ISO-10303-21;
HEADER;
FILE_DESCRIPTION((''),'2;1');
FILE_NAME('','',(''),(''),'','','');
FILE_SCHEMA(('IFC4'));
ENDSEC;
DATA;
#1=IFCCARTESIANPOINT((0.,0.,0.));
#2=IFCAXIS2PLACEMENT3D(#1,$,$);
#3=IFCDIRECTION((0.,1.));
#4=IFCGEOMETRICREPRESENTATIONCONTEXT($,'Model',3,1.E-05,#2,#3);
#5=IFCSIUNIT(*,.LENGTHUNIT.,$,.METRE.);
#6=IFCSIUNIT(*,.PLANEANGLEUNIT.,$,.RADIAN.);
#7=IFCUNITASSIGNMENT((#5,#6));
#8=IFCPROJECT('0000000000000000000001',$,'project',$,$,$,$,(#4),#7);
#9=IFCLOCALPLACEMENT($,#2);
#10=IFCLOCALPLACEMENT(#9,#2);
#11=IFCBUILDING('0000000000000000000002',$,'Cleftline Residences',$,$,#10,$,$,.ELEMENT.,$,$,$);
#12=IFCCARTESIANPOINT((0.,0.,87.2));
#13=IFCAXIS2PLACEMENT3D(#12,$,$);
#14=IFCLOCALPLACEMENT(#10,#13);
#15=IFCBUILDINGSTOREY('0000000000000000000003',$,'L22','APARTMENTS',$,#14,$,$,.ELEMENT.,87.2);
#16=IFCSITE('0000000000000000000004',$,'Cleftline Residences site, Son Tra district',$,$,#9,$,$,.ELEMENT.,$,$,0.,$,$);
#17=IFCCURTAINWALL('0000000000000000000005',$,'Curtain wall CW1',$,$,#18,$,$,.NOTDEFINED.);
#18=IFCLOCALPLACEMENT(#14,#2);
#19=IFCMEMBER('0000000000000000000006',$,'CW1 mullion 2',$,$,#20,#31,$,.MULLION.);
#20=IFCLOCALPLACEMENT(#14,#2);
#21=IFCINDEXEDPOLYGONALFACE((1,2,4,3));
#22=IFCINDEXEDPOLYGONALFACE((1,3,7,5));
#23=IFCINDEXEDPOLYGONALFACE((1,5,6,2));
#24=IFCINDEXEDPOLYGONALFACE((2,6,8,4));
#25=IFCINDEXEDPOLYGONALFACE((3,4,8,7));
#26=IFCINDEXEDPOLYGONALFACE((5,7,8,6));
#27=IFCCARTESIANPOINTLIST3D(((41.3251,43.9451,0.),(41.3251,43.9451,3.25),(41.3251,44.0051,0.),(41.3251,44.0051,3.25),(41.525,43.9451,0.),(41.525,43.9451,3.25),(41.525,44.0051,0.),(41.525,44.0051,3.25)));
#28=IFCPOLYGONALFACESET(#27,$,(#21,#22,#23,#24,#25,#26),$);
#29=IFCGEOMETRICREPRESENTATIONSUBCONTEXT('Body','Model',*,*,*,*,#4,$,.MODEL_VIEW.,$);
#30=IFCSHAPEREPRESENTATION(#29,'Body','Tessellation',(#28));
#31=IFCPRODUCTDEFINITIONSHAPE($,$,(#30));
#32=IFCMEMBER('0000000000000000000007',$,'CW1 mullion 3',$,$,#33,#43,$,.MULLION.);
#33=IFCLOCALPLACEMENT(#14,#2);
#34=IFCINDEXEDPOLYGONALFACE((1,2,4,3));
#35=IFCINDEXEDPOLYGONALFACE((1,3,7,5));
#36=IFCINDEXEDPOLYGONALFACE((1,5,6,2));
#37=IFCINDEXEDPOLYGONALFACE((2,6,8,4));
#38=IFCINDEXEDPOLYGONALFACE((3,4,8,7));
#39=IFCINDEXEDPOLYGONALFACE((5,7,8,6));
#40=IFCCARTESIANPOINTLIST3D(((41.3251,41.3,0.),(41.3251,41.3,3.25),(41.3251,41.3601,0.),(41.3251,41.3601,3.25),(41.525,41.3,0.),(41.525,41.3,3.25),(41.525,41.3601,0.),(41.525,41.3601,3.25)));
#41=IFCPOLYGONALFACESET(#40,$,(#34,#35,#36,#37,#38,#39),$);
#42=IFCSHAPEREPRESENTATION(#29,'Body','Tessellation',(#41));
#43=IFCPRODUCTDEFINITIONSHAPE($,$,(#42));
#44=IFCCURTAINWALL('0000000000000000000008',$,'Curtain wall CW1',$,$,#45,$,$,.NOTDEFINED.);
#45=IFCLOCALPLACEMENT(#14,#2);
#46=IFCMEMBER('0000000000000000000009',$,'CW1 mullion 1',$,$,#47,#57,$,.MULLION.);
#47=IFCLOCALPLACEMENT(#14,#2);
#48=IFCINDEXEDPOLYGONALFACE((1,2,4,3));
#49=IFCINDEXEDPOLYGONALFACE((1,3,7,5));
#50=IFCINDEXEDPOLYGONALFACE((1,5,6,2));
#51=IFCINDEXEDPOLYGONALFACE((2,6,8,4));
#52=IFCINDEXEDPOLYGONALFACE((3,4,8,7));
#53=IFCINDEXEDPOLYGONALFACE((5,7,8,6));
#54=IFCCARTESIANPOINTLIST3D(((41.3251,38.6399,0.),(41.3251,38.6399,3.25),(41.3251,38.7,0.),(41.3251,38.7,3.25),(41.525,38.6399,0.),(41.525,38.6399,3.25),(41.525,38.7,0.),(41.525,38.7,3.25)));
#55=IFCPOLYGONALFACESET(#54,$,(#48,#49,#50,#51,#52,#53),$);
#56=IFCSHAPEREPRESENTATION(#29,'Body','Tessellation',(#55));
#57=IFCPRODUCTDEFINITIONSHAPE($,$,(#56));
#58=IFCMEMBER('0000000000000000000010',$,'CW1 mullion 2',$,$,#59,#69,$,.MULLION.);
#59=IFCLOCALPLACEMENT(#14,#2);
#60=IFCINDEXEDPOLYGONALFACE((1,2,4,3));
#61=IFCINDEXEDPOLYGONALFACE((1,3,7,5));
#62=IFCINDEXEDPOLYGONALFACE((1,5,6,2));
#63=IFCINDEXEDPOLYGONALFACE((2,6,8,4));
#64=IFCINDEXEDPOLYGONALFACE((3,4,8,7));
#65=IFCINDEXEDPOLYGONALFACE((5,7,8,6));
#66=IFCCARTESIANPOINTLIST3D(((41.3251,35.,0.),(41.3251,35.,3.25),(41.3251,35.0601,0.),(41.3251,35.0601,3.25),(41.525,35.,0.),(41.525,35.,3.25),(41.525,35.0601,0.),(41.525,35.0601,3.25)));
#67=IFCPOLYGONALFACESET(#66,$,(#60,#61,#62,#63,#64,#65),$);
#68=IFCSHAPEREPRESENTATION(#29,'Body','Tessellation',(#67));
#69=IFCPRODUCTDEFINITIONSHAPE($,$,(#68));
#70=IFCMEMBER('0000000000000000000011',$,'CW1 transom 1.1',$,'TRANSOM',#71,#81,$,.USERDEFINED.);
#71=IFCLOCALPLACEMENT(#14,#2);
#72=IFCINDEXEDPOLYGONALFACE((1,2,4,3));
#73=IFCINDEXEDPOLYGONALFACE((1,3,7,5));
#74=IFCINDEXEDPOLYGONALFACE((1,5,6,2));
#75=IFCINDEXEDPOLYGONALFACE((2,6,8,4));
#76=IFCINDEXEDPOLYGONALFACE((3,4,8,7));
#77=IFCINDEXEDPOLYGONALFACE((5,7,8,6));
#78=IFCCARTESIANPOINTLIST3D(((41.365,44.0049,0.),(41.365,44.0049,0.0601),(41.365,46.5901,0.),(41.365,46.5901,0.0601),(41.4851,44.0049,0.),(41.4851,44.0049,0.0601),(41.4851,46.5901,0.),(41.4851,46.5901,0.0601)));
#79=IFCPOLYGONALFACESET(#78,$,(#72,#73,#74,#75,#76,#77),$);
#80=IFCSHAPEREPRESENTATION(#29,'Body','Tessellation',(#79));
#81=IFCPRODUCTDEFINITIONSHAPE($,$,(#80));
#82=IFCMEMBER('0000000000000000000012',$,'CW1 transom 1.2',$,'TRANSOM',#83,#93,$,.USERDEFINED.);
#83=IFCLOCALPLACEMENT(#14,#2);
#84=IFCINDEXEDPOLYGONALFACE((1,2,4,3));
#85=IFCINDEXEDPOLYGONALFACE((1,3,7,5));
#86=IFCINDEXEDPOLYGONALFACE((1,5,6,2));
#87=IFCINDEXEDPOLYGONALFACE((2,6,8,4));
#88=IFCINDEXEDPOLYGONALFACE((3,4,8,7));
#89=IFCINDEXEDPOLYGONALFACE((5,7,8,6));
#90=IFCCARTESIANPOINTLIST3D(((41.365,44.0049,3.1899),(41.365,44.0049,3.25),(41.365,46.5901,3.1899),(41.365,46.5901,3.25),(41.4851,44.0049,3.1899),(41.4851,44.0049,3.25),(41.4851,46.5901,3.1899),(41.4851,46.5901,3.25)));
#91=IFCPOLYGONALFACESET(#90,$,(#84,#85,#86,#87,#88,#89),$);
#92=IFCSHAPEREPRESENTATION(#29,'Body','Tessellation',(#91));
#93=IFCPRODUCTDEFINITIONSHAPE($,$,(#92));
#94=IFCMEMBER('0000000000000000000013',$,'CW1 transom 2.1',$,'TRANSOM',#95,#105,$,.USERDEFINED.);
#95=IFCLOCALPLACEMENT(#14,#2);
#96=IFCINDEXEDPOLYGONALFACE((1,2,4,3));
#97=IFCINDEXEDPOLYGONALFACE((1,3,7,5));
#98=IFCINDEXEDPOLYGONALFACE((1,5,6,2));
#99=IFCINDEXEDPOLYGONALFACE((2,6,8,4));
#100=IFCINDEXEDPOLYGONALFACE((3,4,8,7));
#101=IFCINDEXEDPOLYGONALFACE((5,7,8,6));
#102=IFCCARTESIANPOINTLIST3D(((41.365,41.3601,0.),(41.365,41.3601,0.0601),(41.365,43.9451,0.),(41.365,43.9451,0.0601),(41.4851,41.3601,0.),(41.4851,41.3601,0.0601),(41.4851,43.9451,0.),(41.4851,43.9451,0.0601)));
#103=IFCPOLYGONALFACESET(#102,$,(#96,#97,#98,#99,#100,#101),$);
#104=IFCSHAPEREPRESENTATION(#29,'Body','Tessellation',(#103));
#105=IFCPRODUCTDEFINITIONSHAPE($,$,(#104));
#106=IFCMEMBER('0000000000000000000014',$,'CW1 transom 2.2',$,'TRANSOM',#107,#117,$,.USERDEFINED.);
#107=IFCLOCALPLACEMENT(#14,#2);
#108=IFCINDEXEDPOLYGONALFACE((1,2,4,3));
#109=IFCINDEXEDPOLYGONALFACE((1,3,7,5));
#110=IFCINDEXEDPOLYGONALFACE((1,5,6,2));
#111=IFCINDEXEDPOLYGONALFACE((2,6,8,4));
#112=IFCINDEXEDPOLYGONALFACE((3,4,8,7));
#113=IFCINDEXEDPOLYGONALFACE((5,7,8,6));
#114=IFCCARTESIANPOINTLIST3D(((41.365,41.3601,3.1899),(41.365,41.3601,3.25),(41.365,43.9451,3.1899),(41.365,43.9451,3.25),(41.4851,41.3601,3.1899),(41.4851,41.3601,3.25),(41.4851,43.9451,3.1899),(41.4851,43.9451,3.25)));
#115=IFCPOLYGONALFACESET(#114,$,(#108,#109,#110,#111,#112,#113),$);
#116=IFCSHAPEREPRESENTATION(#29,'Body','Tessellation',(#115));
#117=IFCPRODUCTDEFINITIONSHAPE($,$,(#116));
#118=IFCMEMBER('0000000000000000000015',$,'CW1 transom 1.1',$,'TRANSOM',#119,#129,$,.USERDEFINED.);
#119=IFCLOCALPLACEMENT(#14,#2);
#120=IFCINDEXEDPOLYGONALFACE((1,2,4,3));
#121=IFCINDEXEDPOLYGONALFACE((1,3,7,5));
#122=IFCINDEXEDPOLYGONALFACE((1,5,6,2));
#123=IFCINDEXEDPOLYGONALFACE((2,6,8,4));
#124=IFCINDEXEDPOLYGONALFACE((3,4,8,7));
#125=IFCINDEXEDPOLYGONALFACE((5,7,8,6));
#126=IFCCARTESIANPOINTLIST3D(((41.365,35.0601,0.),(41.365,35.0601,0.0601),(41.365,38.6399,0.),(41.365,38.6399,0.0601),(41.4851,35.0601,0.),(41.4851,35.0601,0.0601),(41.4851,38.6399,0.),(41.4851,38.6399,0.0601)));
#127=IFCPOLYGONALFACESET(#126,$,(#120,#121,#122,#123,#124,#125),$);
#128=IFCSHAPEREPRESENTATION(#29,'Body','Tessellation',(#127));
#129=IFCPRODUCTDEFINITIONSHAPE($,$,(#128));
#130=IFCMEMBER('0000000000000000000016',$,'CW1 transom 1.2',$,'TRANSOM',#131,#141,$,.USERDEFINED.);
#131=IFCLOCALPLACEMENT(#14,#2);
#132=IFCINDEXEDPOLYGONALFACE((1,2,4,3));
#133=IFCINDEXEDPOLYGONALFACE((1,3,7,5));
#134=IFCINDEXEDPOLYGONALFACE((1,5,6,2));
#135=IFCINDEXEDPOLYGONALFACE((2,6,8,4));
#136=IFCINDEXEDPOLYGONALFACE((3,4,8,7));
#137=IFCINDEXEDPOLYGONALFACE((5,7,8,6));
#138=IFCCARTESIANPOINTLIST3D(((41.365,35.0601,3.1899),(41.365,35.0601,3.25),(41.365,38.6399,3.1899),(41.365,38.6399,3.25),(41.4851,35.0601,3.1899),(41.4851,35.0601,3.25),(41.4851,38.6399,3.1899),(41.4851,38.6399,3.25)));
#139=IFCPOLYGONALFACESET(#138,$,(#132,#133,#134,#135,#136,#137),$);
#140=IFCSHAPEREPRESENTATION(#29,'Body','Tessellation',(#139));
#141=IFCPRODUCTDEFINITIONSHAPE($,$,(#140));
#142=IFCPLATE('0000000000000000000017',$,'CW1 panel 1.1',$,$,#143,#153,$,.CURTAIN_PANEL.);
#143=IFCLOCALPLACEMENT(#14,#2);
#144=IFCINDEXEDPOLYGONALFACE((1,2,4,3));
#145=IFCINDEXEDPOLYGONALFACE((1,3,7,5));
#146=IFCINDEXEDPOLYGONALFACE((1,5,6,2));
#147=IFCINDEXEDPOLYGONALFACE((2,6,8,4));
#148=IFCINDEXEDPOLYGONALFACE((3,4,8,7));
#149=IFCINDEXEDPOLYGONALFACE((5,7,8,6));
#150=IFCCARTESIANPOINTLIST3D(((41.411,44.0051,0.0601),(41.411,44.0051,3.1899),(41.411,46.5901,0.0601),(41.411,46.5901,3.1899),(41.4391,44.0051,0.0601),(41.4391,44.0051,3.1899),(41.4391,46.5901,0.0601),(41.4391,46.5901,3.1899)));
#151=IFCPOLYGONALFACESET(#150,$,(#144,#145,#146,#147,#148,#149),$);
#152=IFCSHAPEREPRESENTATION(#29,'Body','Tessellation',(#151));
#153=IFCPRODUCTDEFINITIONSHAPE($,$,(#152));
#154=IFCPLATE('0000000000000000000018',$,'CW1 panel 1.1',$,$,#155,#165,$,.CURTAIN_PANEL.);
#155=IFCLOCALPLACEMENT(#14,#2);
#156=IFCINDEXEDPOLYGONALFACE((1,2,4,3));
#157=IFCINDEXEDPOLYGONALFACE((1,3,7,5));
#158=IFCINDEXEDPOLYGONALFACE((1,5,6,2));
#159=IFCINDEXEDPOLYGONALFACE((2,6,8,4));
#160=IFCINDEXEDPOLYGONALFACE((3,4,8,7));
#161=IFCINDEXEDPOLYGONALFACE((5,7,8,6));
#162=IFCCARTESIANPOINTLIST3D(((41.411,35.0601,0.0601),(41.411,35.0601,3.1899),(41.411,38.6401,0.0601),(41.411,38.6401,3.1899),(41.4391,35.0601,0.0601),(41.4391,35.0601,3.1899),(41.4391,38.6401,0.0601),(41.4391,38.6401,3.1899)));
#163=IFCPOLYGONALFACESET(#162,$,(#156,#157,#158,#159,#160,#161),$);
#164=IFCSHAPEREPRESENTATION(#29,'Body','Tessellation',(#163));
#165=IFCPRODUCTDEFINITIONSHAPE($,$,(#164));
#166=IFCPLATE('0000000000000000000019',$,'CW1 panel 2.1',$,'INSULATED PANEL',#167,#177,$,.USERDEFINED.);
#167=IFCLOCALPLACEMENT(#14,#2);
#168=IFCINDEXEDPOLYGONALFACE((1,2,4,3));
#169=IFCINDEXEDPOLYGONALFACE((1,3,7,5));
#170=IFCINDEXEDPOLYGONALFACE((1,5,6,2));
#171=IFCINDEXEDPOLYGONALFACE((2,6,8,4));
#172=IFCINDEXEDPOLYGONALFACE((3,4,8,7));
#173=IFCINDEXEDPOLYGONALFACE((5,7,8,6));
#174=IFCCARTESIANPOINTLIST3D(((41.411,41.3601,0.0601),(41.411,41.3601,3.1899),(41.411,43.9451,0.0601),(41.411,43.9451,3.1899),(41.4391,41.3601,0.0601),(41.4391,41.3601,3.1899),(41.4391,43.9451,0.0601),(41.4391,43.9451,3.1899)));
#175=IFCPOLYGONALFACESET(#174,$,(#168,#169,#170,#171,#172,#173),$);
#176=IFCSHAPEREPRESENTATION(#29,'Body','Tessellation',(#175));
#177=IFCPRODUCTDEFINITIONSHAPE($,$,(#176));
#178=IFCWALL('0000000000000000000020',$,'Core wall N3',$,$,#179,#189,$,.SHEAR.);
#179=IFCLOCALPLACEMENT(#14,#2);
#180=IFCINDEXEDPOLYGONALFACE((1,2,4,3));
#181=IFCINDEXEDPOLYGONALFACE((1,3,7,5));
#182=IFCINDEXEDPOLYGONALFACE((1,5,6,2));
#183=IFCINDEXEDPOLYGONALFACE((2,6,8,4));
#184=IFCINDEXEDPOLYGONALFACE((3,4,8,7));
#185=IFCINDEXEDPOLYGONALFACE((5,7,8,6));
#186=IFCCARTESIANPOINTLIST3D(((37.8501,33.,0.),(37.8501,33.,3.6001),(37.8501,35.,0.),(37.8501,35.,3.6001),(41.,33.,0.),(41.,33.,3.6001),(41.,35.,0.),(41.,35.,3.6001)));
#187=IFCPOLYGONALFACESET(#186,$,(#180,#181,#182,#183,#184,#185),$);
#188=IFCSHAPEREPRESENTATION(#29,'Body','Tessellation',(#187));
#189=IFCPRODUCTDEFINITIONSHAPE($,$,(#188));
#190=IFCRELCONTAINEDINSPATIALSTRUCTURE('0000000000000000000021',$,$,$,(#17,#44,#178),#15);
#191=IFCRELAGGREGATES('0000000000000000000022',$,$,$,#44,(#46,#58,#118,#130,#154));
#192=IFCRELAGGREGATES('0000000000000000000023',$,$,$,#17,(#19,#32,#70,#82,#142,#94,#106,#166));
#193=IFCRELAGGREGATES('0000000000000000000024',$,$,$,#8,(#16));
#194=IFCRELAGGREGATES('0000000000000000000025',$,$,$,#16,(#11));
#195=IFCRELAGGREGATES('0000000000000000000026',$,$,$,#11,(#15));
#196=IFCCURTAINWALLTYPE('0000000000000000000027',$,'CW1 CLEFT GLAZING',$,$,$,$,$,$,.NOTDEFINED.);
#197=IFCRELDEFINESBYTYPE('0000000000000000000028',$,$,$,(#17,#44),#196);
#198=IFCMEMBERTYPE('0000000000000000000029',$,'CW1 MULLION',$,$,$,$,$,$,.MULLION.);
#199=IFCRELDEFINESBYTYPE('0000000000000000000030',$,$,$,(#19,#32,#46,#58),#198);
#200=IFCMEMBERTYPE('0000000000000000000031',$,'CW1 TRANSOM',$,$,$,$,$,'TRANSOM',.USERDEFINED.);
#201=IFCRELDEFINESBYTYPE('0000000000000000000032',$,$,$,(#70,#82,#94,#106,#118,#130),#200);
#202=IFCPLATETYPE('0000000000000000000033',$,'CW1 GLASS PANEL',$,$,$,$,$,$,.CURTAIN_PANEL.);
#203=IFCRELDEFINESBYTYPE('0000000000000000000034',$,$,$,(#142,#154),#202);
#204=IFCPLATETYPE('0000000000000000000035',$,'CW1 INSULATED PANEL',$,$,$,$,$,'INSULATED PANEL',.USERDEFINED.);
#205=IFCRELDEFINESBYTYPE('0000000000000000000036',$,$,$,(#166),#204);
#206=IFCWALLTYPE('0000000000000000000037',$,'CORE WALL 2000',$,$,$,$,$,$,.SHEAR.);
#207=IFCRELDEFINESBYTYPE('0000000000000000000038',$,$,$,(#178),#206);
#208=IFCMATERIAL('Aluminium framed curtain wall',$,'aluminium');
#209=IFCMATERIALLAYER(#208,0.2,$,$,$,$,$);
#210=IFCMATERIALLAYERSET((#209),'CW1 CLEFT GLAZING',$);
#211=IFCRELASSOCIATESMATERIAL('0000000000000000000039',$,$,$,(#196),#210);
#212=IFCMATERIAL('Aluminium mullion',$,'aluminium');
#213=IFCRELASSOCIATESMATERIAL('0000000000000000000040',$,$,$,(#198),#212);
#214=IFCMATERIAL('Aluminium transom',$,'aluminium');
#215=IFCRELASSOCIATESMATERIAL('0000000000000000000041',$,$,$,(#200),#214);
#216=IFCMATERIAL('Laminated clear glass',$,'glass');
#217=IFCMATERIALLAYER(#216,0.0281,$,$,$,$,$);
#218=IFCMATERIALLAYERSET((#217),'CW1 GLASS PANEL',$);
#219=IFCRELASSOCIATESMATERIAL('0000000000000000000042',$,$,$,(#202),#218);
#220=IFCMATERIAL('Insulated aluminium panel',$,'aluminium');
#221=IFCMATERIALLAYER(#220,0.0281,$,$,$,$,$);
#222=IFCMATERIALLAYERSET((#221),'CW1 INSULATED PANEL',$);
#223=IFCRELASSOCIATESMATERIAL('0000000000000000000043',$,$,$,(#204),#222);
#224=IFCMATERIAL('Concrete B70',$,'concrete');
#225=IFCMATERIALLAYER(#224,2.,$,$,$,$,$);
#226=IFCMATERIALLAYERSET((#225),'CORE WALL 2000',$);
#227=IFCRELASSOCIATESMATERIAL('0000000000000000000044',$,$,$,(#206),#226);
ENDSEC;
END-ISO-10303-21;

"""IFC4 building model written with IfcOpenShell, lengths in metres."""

from ifc_helpers import new_model, si_unit, direction, frame, frame_2d, origin, origin_2d, place, context, subcontext, project, spatial, rectangle, extrude, material, layer, layer_set, material_profile, profile_set, type_object, element, aggregate, save


model = new_model("IFC4")

# Units and contexts
model_context = context("Model", 3, precision=1e-05, world=origin(), true_north=direction((0.0, 1.0)))
body_context = subcontext(model_context, "Body", "Model", "MODEL_VIEW")
ifc_project = project(units=[si_unit("LENGTHUNIT", "METRE"), si_unit("PLANEANGLEUNIT", "RADIAN")], contexts=[model_context])

# Site, building, storey
site_placement = place(None, origin())
site = spatial("IfcSite", under=ifc_project, at=site_placement, Name="Cleftline Residences site, Son Tra district", CompositionType="ELEMENT", RefElevation=0.0)
building_placement = place(site_placement, origin())
building = spatial("IfcBuilding", under=site, at=building_placement, Name="Cleftline Residences", CompositionType="ELEMENT")
storey_placement = place(building_placement, frame((0.0, 0.0, 87.2)))
storey = spatial("IfcBuildingStorey", under=building, at=storey_placement, Name="L22", Description="APARTMENTS", CompositionType="ELEMENT", Elevation=87.2)

# Curtain walls, members
ifc_material_1 = material(Name="Aluminium framed curtain wall", Category="aluminium")
ifc_layer_1 = layer(ifc_material_1, 0.2)
ifc_layer_set_1 = layer_set([ifc_layer_1], Name="CW1 CLEFT GLAZING")
curtain_wall_type = type_object("IfcCurtainWallType", Name="CW1 CLEFT GLAZING", PredefinedType="NOTDEFINED", material=ifc_layer_set_1)
curtain_wall_1_placement = place(storey_placement, origin())
curtain_wall_1 = element("IfcCurtainWall", 1, at=curtain_wall_1_placement, inside=storey, type_object=curtain_wall_type, Name="Curtain wall CW1", PredefinedType="NOTDEFINED")
ifc_material_2 = material(Name="Aluminium mullion", Category="aluminium")
ifc_material_profile_1 = material_profile(ifc_material_2, rectangle(XDim=0.2, YDim=0.0601, at=origin_2d()))
ifc_profile_set_1 = profile_set([ifc_material_profile_1], Name="Aluminium mullion")
member_type_1 = type_object("IfcMemberType", Name="CW1 MULLION", PredefinedType="MULLION", material=ifc_profile_set_1)
member_1_placement = place(storey_placement, frame((41.425, 43.9751, 0.0), z_axis=(0.0, 0.0, 1.0), x_axis=(1.0, 0.0, 0.0)))
member_1 = element("IfcMember", 2, at=member_1_placement, type_object=member_type_1, Name="CW1 mullion 2", PredefinedType="MULLION", context=body_context, shape_type="SweptSolid", body=[
    extrude(rectangle(XDim=0.2, YDim=0.0601, at=origin_2d()), origin(), (0.0, 0.0, 1.0), 3.25),
])
member_2_placement = place(storey_placement, frame((41.425, 41.3301, 0.0), z_axis=(0.0, 0.0, 1.0), x_axis=(1.0, 0.0, 0.0)))
member_2 = element("IfcMember", 3, at=member_2_placement, type_object=member_type_1, Name="CW1 mullion 3", PredefinedType="MULLION", context=body_context, shape_type="SweptSolid", body=[
    extrude(rectangle(XDim=0.2, YDim=0.0601, at=origin_2d()), origin(), (0.0, 0.0, 1.0), 3.25),
])
curtain_wall_2_placement = place(storey_placement, origin())
curtain_wall_2 = element("IfcCurtainWall", 4, at=curtain_wall_2_placement, inside=storey, type_object=curtain_wall_type, Name="Curtain wall CW1", PredefinedType="NOTDEFINED")
member_3_placement = place(storey_placement, frame((41.425, 38.6699, 0.0), z_axis=(0.0, 0.0, 1.0), x_axis=(1.0, 0.0, 0.0)))
member_3 = element("IfcMember", 5, at=member_3_placement, type_object=member_type_1, Name="CW1 mullion 1", PredefinedType="MULLION", context=body_context, shape_type="SweptSolid", body=[
    extrude(rectangle(XDim=0.2, YDim=0.0601, at=origin_2d()), origin(), (0.0, 0.0, 1.0), 3.25),
])
member_4_placement = place(storey_placement, frame((41.425, 35.03, 0.0), z_axis=(0.0, 0.0, 1.0), x_axis=(1.0, 0.0, 0.0)))
member_4 = element("IfcMember", 6, at=member_4_placement, type_object=member_type_1, Name="CW1 mullion 2", PredefinedType="MULLION", context=body_context, shape_type="SweptSolid", body=[
    extrude(rectangle(XDim=0.2, YDim=0.0601, at=origin_2d()), origin(), (0.0, 0.0, 1.0), 3.25),
])

# Members
ifc_material_3 = material(Name="Aluminium transom", Category="aluminium")
ifc_material_profile_2 = material_profile(ifc_material_3, rectangle(XDim=0.1201, YDim=0.0601, at=origin_2d()))
ifc_profile_set_2 = profile_set([ifc_material_profile_2], Name="Aluminium transom")
member_type_2 = type_object("IfcMemberType", Name="CW1 TRANSOM", ElementType="TRANSOM", PredefinedType="USERDEFINED", material=ifc_profile_set_2)
member_5_placement = place(storey_placement, frame((41.425, 46.5901, 0.03), z_axis=(0.0, -1.0, 0.0), x_axis=(1.0, 0.0, 0.0)))
member_5 = element("IfcMember", 7, at=member_5_placement, type_object=member_type_2, Name="CW1 transom 1.1", ObjectType="TRANSOM", PredefinedType="USERDEFINED", context=body_context, shape_type="SweptSolid", body=[
    extrude(rectangle(XDim=0.1201, YDim=0.0601, at=origin_2d()), origin(), (0.0, 0.0, 1.0), 2.5852),
])
member_6_placement = place(storey_placement, frame((41.425, 46.5901, 3.22), z_axis=(0.0, -1.0, 0.0), x_axis=(1.0, 0.0, 0.0)))
member_6 = element("IfcMember", 8, at=member_6_placement, type_object=member_type_2, Name="CW1 transom 1.2", ObjectType="TRANSOM", PredefinedType="USERDEFINED", context=body_context, shape_type="SweptSolid", body=[
    extrude(rectangle(XDim=0.1201, YDim=0.0601, at=origin_2d()), origin(), (0.0, 0.0, 1.0), 2.5852),
])
member_7_placement = place(storey_placement, frame((41.425, 43.9451, 0.03), z_axis=(0.0, -1.0, 0.0), x_axis=(1.0, 0.0, 0.0)))
member_7 = element("IfcMember", 9, at=member_7_placement, type_object=member_type_2, Name="CW1 transom 2.1", ObjectType="TRANSOM", PredefinedType="USERDEFINED", context=body_context, shape_type="SweptSolid", body=[
    extrude(rectangle(XDim=0.1201, YDim=0.0601, at=origin_2d()), origin(), (0.0, 0.0, 1.0), 2.585),
])
member_8_placement = place(storey_placement, frame((41.425, 43.9451, 3.22), z_axis=(0.0, -1.0, 0.0), x_axis=(1.0, 0.0, 0.0)))
member_8 = element("IfcMember", 10, at=member_8_placement, type_object=member_type_2, Name="CW1 transom 2.2", ObjectType="TRANSOM", PredefinedType="USERDEFINED", context=body_context, shape_type="SweptSolid", body=[
    extrude(rectangle(XDim=0.1201, YDim=0.0601, at=origin_2d()), origin(), (0.0, 0.0, 1.0), 2.585),
])
member_9_placement = place(storey_placement, frame((41.425, 38.6399, 0.03), z_axis=(0.0, -1.0, 0.0), x_axis=(1.0, 0.0, 0.0)))
member_9 = element("IfcMember", 11, at=member_9_placement, type_object=member_type_2, Name="CW1 transom 1.1", ObjectType="TRANSOM", PredefinedType="USERDEFINED", context=body_context, shape_type="SweptSolid", body=[
    extrude(rectangle(XDim=0.1201, YDim=0.0601, at=origin_2d()), origin(), (0.0, 0.0, 1.0), 3.5798),
])
member_10_placement = place(storey_placement, frame((41.425, 38.6399, 3.22), z_axis=(0.0, -1.0, 0.0), x_axis=(1.0, 0.0, 0.0)))
member_10 = element("IfcMember", 12, at=member_10_placement, type_object=member_type_2, Name="CW1 transom 1.2", ObjectType="TRANSOM", PredefinedType="USERDEFINED", context=body_context, shape_type="SweptSolid", body=[
    extrude(rectangle(XDim=0.1201, YDim=0.0601, at=origin_2d()), origin(), (0.0, 0.0, 1.0), 3.5798),
])

# Plates
ifc_material_4 = material(Name="Laminated clear glass", Category="glass")
ifc_layer_2 = layer(ifc_material_4, 0.0281)
ifc_layer_set_2 = layer_set([ifc_layer_2], Name="CW1 GLASS PANEL")
plate_type_1 = type_object("IfcPlateType", Name="CW1 GLASS PANEL", PredefinedType="CURTAIN_PANEL", material=ifc_layer_set_2)
plate_1_placement = place(storey_placement, frame((41.425, 45.2976, 0.0601), z_axis=(0.0, 0.0, 1.0), x_axis=(0.0, -1.0, 0.0)))
plate_1 = element("IfcPlate", 13, at=plate_1_placement, type_object=plate_type_1, Name="CW1 panel 1.1", PredefinedType="CURTAIN_PANEL", context=body_context, shape_type="SweptSolid", body=[
    extrude(rectangle(XDim=2.585, YDim=0.0281, at=origin_2d()), origin(), (0.0, 0.0, 1.0), 3.1299),
])
plate_2_placement = place(storey_placement, frame((41.425, 36.8501, 0.0601), z_axis=(0.0, 0.0, 1.0), x_axis=(0.0, -1.0, 0.0)))
plate_2 = element("IfcPlate", 14, at=plate_2_placement, type_object=plate_type_1, Name="CW1 panel 1.1", PredefinedType="CURTAIN_PANEL", context=body_context, shape_type="SweptSolid", body=[
    extrude(rectangle(XDim=3.5801, YDim=0.0281, at=origin_2d()), origin(), (0.0, 0.0, 1.0), 3.1299),
])
aggregate(curtain_wall_2, [member_3, member_4, member_9, member_10, plate_2])
ifc_material_5 = material(Name="Insulated aluminium panel", Category="aluminium")
ifc_layer_3 = layer(ifc_material_5, 0.0281)
ifc_layer_set_3 = layer_set([ifc_layer_3], Name="CW1 INSULATED PANEL")
plate_type_2 = type_object("IfcPlateType", Name="CW1 INSULATED PANEL", ElementType="INSULATED PANEL", PredefinedType="USERDEFINED", material=ifc_layer_set_3)
plate_3_placement = place(storey_placement, frame((41.425, 42.6526, 0.0601), z_axis=(0.0, 0.0, 1.0), x_axis=(0.0, -1.0, 0.0)))
plate_3 = element("IfcPlate", 15, at=plate_3_placement, type_object=plate_type_2, Name="CW1 panel 2.1", ObjectType="INSULATED PANEL", PredefinedType="USERDEFINED", context=body_context, shape_type="SweptSolid", body=[
    extrude(rectangle(XDim=2.585, YDim=0.0281, at=origin_2d()), origin(), (0.0, 0.0, 1.0), 3.1299),
])
aggregate(curtain_wall_1, [member_1, member_2, member_5, member_6, plate_1, member_7, member_8, plate_3])

# Wall
ifc_material_6 = material(Name="Concrete B70", Category="concrete")
ifc_layer_4 = layer(ifc_material_6, 2.0)
ifc_layer_set_4 = layer_set([ifc_layer_4], Name="CORE WALL 2000")
wall_type_1 = type_object("IfcWallType", Name="CORE WALL 2000", PredefinedType="SHEAR", material=ifc_layer_set_4)
wall_1_placement = place(storey_placement, frame((37.8501, 34.0, 0.0), z_axis=(0.0, 0.0, 1.0), x_axis=(1.0, 0.0, 0.0)))
element("IfcWall", 16, at=wall_1_placement, inside=storey, type_object=wall_type_1, Name="Core wall N3", PredefinedType="SHEAR", context=body_context, shape_type="SweptSolid", body=[
    extrude(rectangle(XDim=3.1499, YDim=2.0, at=frame_2d((1.575, 0.0))), origin(), (0.0, 0.0, 1.0), 3.6001),
])

save(model, "model.ifc")
